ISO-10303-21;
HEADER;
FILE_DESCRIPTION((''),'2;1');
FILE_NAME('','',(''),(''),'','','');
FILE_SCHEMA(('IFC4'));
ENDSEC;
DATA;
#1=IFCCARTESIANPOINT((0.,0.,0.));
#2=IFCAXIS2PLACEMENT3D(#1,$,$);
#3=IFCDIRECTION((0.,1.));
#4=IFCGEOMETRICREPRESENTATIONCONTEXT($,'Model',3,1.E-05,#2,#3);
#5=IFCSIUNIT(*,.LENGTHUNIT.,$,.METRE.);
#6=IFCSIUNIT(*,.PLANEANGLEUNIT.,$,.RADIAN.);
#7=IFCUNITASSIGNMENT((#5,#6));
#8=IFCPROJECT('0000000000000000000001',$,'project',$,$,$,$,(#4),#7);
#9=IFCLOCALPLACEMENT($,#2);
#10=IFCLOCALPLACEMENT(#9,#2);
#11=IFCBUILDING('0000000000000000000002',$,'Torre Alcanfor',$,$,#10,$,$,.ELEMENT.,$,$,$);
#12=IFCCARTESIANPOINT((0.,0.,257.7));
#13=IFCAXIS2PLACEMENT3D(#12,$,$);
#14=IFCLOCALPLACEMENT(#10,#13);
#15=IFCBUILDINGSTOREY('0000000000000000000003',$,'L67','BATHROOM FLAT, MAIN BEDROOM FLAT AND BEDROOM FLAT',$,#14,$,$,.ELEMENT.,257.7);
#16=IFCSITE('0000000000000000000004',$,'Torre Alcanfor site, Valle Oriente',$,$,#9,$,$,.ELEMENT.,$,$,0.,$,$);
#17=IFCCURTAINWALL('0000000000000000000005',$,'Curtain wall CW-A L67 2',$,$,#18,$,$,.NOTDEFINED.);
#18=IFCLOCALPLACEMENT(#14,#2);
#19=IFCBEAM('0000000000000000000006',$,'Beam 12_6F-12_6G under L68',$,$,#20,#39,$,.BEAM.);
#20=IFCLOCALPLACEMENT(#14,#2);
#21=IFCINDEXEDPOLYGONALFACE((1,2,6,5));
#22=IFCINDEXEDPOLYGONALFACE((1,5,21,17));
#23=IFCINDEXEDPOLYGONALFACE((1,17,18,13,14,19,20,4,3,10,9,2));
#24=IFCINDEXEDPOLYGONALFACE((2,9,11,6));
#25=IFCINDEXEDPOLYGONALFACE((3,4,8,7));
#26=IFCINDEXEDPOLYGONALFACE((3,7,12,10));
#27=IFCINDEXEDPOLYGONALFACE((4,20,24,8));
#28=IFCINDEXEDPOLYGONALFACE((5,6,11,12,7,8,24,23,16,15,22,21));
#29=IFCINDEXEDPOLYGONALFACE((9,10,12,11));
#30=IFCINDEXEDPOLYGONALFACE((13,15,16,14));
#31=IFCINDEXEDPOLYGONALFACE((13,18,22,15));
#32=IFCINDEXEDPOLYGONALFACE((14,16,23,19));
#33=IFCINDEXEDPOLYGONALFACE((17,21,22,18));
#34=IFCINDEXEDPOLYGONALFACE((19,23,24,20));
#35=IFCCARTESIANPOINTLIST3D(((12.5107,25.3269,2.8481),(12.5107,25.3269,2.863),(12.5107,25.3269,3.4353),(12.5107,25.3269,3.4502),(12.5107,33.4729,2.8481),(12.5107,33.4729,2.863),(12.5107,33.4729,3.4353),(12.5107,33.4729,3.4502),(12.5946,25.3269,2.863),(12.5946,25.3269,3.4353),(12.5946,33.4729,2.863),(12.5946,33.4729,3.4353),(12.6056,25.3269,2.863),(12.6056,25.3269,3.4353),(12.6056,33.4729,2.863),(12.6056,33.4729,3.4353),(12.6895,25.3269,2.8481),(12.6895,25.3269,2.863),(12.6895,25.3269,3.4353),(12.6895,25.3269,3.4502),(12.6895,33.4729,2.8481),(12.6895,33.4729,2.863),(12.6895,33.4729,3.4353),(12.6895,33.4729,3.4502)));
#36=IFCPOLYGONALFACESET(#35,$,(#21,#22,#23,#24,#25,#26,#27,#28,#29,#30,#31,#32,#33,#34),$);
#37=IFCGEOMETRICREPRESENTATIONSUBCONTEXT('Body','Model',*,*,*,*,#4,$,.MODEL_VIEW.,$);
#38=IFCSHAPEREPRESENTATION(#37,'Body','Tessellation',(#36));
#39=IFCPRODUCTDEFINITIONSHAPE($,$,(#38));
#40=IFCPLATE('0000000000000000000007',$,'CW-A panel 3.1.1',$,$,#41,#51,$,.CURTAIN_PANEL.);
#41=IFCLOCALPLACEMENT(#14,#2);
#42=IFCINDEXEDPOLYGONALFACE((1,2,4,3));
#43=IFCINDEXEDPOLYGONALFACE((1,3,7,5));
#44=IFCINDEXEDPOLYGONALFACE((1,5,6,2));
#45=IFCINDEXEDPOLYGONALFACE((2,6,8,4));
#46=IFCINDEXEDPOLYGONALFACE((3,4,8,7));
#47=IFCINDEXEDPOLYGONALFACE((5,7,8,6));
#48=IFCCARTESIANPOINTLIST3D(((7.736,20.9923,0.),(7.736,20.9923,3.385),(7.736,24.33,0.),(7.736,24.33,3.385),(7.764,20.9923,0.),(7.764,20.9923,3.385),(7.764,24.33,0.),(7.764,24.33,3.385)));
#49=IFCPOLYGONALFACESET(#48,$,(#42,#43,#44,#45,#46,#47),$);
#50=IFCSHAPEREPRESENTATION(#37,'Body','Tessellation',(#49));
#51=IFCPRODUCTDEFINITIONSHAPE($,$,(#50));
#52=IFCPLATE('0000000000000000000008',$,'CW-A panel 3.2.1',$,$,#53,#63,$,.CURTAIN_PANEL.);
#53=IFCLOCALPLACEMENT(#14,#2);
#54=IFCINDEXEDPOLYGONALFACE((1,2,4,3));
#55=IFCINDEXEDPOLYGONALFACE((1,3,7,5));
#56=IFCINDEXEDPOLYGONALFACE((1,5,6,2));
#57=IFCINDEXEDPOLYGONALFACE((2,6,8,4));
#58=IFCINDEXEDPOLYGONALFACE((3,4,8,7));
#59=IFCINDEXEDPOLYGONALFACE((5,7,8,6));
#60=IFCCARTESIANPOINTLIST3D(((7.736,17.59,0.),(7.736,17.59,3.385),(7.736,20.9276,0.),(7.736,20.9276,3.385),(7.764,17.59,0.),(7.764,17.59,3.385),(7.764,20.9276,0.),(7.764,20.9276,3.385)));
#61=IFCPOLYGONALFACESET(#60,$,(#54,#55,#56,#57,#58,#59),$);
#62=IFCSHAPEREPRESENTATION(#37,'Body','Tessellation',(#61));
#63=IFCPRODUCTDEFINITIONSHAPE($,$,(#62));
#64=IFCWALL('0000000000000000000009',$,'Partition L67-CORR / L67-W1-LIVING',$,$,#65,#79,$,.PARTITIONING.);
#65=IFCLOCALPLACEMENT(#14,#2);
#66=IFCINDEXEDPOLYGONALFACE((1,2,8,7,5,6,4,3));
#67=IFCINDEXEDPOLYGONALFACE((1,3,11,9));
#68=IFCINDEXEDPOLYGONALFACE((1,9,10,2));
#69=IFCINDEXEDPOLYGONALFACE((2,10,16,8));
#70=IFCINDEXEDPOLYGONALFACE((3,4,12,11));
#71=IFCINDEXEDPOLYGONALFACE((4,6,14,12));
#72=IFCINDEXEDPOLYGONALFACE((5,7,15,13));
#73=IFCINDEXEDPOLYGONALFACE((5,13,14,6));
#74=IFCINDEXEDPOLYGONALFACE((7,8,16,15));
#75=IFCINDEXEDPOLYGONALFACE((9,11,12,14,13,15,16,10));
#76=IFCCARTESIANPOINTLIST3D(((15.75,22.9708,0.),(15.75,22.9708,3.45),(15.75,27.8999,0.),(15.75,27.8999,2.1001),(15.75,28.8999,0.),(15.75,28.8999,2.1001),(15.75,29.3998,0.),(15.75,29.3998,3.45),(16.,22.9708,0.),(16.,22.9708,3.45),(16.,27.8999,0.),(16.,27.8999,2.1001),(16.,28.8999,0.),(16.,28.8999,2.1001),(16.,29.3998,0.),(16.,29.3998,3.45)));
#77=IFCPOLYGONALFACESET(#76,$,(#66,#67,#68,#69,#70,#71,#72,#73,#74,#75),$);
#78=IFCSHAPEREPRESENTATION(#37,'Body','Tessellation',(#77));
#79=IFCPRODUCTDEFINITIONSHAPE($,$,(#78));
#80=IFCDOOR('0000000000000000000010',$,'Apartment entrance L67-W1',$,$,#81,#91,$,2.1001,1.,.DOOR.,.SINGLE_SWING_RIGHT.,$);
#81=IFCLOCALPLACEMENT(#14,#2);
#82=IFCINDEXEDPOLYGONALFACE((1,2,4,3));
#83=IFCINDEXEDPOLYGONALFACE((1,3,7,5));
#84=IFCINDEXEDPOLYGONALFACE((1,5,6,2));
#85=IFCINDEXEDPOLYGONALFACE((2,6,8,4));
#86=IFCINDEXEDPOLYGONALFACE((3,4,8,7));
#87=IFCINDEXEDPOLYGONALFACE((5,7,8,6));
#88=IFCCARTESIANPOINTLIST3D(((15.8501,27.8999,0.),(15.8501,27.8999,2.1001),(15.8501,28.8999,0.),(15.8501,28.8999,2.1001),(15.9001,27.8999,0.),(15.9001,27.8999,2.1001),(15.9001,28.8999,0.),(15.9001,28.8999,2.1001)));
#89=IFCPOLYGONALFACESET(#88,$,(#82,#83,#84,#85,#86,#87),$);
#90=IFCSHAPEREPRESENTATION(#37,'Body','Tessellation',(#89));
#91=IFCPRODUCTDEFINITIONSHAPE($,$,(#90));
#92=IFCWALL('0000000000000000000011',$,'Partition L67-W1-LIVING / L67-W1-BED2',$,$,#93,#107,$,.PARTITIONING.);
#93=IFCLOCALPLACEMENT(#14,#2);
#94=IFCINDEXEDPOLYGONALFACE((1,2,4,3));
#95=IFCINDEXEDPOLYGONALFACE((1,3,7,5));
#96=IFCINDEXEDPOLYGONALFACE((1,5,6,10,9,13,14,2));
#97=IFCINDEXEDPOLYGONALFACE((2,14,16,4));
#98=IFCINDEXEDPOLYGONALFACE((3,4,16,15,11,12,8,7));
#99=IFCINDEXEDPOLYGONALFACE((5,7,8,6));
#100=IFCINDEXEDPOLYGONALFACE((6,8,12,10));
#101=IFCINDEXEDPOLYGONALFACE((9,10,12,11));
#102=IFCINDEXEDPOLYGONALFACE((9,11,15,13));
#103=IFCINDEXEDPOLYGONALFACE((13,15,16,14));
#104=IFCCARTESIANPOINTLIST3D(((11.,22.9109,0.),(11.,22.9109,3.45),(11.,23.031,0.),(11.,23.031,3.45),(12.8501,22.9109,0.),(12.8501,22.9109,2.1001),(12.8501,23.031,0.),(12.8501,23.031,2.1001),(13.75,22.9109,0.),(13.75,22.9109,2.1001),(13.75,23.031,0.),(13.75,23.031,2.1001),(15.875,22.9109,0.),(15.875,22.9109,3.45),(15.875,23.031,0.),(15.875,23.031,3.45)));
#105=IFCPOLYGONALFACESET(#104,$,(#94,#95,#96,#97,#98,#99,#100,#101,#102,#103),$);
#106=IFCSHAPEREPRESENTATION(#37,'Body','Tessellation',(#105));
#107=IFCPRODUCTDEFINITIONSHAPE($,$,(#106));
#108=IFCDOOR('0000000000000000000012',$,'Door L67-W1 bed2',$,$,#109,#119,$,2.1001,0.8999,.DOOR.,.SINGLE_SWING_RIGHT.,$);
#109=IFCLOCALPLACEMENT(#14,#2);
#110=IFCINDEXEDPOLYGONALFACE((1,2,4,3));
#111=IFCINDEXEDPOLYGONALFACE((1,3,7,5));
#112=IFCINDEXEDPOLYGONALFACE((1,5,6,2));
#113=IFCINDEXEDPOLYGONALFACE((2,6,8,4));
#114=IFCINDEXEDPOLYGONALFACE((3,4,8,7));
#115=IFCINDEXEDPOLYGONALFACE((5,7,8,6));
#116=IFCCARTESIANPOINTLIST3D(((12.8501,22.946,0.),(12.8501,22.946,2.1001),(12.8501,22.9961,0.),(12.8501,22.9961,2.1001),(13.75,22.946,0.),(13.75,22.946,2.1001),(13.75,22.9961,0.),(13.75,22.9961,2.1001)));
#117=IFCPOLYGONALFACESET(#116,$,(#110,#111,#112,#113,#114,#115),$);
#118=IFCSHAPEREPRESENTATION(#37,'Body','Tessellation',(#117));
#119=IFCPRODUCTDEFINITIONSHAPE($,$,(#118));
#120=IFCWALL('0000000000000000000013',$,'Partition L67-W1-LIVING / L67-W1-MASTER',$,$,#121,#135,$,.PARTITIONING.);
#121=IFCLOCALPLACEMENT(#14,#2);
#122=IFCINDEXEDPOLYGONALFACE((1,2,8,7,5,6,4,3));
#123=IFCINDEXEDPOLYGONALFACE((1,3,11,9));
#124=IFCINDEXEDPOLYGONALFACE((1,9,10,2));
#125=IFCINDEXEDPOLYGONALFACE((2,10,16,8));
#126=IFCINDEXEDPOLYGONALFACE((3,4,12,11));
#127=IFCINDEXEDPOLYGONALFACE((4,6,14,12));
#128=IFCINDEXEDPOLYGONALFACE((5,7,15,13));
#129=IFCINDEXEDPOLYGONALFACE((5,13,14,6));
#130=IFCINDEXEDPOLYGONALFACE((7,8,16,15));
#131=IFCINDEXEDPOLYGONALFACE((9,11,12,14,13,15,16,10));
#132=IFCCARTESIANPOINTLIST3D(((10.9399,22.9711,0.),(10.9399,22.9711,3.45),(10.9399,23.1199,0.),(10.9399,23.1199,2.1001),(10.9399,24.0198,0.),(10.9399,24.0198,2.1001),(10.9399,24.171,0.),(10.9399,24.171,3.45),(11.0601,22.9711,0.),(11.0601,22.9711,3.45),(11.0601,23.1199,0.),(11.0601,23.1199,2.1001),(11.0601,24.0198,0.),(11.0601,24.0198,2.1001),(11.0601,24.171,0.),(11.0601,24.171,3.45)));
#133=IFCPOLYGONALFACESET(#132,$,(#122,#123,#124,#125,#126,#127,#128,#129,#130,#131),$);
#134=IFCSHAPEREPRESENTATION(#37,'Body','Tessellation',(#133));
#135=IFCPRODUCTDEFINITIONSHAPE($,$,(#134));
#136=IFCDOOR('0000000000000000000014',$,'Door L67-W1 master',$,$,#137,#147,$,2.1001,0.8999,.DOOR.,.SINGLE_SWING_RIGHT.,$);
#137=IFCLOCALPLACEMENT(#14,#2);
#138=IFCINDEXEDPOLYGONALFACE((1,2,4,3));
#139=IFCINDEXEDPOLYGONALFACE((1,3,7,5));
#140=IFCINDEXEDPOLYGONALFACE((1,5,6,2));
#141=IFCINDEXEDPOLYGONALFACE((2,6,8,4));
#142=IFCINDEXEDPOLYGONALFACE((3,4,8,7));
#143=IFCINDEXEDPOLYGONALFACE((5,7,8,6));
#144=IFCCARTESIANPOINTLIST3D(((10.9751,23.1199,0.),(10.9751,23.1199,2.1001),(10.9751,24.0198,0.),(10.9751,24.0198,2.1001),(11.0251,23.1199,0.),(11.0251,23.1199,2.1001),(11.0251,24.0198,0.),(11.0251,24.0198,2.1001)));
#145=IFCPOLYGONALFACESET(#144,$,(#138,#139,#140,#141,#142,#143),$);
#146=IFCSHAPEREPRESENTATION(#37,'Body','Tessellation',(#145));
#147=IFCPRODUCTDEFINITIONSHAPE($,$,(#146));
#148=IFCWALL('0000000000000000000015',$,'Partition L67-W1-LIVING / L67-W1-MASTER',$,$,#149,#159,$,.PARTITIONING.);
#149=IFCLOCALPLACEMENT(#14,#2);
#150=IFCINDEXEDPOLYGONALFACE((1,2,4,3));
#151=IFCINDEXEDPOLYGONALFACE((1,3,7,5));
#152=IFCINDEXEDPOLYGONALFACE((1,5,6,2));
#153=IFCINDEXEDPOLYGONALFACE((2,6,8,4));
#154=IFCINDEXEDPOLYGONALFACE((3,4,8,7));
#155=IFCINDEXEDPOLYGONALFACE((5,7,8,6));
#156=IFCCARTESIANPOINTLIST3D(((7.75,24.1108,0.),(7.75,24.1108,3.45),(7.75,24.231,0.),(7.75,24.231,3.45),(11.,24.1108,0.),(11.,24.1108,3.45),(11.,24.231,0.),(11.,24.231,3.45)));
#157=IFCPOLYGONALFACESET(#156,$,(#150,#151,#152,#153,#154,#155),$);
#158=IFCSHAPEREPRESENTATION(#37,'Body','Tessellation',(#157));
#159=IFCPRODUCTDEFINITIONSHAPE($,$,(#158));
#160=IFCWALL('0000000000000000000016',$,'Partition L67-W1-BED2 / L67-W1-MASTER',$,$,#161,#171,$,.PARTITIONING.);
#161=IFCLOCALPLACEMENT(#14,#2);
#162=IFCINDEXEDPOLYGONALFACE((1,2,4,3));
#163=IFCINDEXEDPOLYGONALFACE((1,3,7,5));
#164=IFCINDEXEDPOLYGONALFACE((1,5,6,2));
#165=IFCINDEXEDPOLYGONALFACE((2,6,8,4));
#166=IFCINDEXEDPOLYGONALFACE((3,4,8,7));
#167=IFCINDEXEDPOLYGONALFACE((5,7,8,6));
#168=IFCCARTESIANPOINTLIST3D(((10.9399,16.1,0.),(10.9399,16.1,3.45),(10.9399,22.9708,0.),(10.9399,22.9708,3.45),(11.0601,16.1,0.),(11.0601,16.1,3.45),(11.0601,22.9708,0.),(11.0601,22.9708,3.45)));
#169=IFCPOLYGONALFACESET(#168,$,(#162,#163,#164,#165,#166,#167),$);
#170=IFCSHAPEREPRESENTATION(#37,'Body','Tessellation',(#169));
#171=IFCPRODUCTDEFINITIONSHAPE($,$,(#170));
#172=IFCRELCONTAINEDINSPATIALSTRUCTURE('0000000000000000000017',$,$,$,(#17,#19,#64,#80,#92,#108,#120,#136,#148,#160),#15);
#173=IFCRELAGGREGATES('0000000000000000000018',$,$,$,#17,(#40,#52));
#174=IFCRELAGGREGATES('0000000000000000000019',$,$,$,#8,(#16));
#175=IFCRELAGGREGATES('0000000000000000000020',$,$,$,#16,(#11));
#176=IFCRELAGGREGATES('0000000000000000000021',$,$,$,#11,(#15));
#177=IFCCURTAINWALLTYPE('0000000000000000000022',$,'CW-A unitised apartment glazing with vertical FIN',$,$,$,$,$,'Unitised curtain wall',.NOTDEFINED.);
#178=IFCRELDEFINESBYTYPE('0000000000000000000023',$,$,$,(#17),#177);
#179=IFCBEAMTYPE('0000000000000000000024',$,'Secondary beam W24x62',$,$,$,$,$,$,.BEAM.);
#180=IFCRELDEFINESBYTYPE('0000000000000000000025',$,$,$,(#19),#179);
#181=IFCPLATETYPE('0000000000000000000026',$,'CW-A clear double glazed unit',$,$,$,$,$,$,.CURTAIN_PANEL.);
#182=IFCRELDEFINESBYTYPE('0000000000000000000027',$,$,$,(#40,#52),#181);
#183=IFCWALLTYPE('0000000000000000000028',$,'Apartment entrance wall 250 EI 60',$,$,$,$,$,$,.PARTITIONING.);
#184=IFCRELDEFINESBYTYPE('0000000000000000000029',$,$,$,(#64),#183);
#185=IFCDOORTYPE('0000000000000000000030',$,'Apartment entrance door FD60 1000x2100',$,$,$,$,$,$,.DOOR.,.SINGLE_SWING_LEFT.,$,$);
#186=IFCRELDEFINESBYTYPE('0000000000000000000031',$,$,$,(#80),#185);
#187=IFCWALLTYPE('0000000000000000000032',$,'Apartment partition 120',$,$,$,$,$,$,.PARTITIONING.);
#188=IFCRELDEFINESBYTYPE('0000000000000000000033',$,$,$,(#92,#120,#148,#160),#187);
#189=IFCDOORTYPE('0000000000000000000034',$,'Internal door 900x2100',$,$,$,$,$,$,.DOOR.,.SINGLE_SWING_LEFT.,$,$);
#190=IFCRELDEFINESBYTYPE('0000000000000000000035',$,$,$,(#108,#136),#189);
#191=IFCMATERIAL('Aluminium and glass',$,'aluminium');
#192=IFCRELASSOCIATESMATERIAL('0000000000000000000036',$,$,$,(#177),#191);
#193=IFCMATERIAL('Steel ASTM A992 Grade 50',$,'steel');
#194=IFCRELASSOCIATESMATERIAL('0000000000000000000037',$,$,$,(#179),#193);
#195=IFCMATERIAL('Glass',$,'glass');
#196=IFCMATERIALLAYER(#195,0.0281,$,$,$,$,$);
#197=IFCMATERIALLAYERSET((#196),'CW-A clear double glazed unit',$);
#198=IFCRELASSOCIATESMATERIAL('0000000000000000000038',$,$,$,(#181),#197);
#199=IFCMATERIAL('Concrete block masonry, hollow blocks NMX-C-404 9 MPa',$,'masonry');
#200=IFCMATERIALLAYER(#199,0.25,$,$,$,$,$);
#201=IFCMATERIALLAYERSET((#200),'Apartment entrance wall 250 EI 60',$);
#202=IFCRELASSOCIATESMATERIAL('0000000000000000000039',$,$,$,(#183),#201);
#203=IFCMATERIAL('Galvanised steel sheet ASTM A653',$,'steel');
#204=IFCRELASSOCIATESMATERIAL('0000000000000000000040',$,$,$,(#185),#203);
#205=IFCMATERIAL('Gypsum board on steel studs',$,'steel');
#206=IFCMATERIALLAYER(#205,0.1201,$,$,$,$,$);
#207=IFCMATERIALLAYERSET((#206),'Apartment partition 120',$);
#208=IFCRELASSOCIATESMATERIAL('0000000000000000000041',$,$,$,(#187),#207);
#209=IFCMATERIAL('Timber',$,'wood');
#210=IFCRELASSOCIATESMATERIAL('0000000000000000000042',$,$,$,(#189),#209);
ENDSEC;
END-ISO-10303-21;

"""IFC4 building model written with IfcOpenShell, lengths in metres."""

from ifc_helpers import new_model, si_unit, direction, frame, frame_2d, origin, origin_2d, place, context, subcontext, project, spatial, rectangle, i_section, extrude, material, layer, layer_set, material_profile, profile_set, type_object, element, fill, aggregate, save


model = new_model("IFC4")

# Units and contexts
model_context = context("Model", 3, precision=1e-05, world=origin(), true_north=direction((0.0, 1.0)))
body_context = subcontext(model_context, "Body", "Model", "MODEL_VIEW")
ifc_project = project(units=[si_unit("LENGTHUNIT", "METRE"), si_unit("PLANEANGLEUNIT", "RADIAN")], contexts=[model_context])

# Site, building, storey
site_placement = place(None, origin())
site = spatial("IfcSite", under=ifc_project, at=site_placement, Name="Torre Alcanfor site, Valle Oriente", CompositionType="ELEMENT", RefElevation=0.0)
building_placement = place(site_placement, origin())
building = spatial("IfcBuilding", under=site, at=building_placement, Name="Torre Alcanfor", CompositionType="ELEMENT")
storey_placement = place(building_placement, frame((0.0, 0.0, 257.7)))
storey = spatial("IfcBuildingStorey", under=building, at=storey_placement, Name="L67", Description="BATHROOM FLAT, MAIN BEDROOM FLAT AND BEDROOM FLAT", CompositionType="ELEMENT", Elevation=257.7)

# Curtain wall
ifc_material_1 = material(Name="Aluminium and glass", Category="aluminium")
curtain_wall_type = type_object("IfcCurtainWallType", Name="CW-A unitised apartment glazing with vertical FIN", ElementType="Unitised curtain wall", PredefinedType="NOTDEFINED", material=ifc_material_1)
curtain_wall_placement = place(storey_placement, origin())
curtain_wall = element("IfcCurtainWall", 1, at=curtain_wall_placement, inside=storey, type_object=curtain_wall_type, Name="Curtain wall CW-A L67 2", PredefinedType="NOTDEFINED")

# Beam
ifc_material_2 = material(Name="Steel ASTM A992 Grade 50", Category="steel")
ifc_material_profile_1 = material_profile(ifc_material_2, i_section(OverallWidth=0.1787, OverallDepth=0.6021, WebThickness=0.011, FlangeThickness=0.0149, at=origin_2d()), Name="W24x62")
ifc_profile_set_1 = profile_set([ifc_material_profile_1], Name="Steel ASTM A992 Grade 50")
beam_type_1 = type_object("IfcBeamType", Name="Secondary beam W24x62", PredefinedType="BEAM", material=ifc_profile_set_1)
beam_1_placement = place(storey_placement, frame((12.6001, 25.3269, 3.1492), z_axis=(0.0, 1.0, 0.0), x_axis=(-1.0, 0.0, 0.0)))
element("IfcBeam", 2, at=beam_1_placement, inside=storey, type_object=beam_type_1, Name="Beam 12_6F-12_6G under L68", PredefinedType="BEAM", context=body_context, shape_type="SweptSolid", body=[
    extrude(i_section(OverallWidth=0.1787, OverallDepth=0.6021, WebThickness=0.011, FlangeThickness=0.0149, at=origin_2d()), origin(), (0.0, 0.0, 1.0), 8.146),
])

# Plates
ifc_material_3 = material(Name="Glass", Category="glass")
ifc_layer_1 = layer(ifc_material_3, 0.0281)
ifc_layer_set_1 = layer_set([ifc_layer_1], Name="CW-A clear double glazed unit")
plate_type = type_object("IfcPlateType", Name="CW-A clear double glazed unit", PredefinedType="CURTAIN_PANEL", material=ifc_layer_set_1)
plate_1_placement = place(storey_placement, frame((7.75, 22.6611, 0.0), z_axis=(0.0, 0.0, 1.0), x_axis=(0.0, -1.0, 0.0)))
plate_1 = element("IfcPlate", 3, at=plate_1_placement, type_object=plate_type, Name="CW-A panel 3.1.1", PredefinedType="CURTAIN_PANEL", context=body_context, shape_type="SweptSolid", body=[
    extrude(rectangle(XDim=3.3376, YDim=0.0281, at=origin_2d()), origin(), (0.0, 0.0, 1.0), 3.385),
])
plate_2_placement = place(storey_placement, frame((7.75, 19.2588, 0.0), z_axis=(0.0, 0.0, 1.0), x_axis=(0.0, -1.0, 0.0)))
plate_2 = element("IfcPlate", 4, at=plate_2_placement, type_object=plate_type, Name="CW-A panel 3.2.1", PredefinedType="CURTAIN_PANEL", context=body_context, shape_type="SweptSolid", body=[
    extrude(rectangle(XDim=3.3376, YDim=0.0281, at=origin_2d()), origin(), (0.0, 0.0, 1.0), 3.385),
])
aggregate(curtain_wall, [plate_1, plate_2])

# Walls, openings, doors
ifc_material_4 = material(Name="Concrete block masonry, hollow blocks NMX-C-404 9 MPa", Category="masonry")
ifc_layer_2 = layer(ifc_material_4, 0.25)
ifc_layer_set_2 = layer_set([ifc_layer_2], Name="Apartment entrance wall 250 EI 60")
wall_type_1 = type_object("IfcWallType", Name="Apartment entrance wall 250 EI 60", PredefinedType="PARTITIONING", material=ifc_layer_set_2)
wall_1_placement = place(storey_placement, frame((15.875, 22.9709, 0.0), z_axis=(0.0, 0.0, 1.0), x_axis=(0.0, 1.0, 0.0)))
wall_1 = element("IfcWall", 5, at=wall_1_placement, inside=storey, type_object=wall_type_1, Name="Partition L67-CORR / L67-W1-LIVING", PredefinedType="PARTITIONING", context=body_context, shape_type="SweptSolid", body=[
    extrude(rectangle(XDim=6.429, YDim=0.25, at=frame_2d((3.2144, 0.0))), origin(), (0.0, 0.0, 1.0), 3.45),
])
opening_1_placement = place(wall_1_placement, frame((4.929, 0.0, 0.0)))
opening_1 = element("IfcOpeningElement", 6, at=opening_1_placement, cuts=wall_1, PredefinedType="OPENING", context=body_context, shape_type="SweptSolid", body=[
    extrude(rectangle(XDim=1.0, YDim=2.1001, at=frame_2d((0.5, 1.05))), frame((0.0, 0.135, 0.0), z_axis=(0.0, -1.0, 0.0), x_axis=(1.0, 0.0, 0.0)), (0.0, 0.0, 1.0), 0.27),
])
ifc_material_5 = material(Name="Galvanised steel sheet ASTM A653", Category="steel")
door_type_1 = type_object("IfcDoorType", Name="Apartment entrance door FD60 1000x2100", OperationType="SINGLE_SWING_LEFT", PredefinedType="DOOR", material=ifc_material_5)
door_1_placement = place(opening_1_placement, origin())
door_1 = element("IfcDoor", 7, at=door_1_placement, inside=storey, type_object=door_type_1, Name="Apartment entrance L67-W1", OperationType="SINGLE_SWING_RIGHT", OverallHeight=2.1001, OverallWidth=1.0, PredefinedType="DOOR", context=body_context, shape_type="SweptSolid", body=[
    extrude(rectangle(XDim=1.0, YDim=2.1001, at=frame_2d((0.5, 1.05))), frame((0.0, 0.0249, 0.0), z_axis=(0.0, -1.0, 0.0), x_axis=(1.0, 0.0, 0.0)), (0.0, 0.0, 1.0), 0.05),
])
fill(opening_1, door_1)
ifc_material_6 = material(Name="Gypsum board on steel studs", Category="steel")
ifc_layer_3 = layer(ifc_material_6, 0.1201)
ifc_layer_set_3 = layer_set([ifc_layer_3], Name="Apartment partition 120")
wall_type_2 = type_object("IfcWallType", Name="Apartment partition 120", PredefinedType="PARTITIONING", material=ifc_layer_set_3)
wall_2_placement = place(storey_placement, frame((15.875, 22.9709, 0.0), z_axis=(0.0, 0.0, 1.0), x_axis=(-1.0, 0.0, 0.0)))
wall_2 = element("IfcWall", 8, at=wall_2_placement, inside=storey, type_object=wall_type_2, Name="Partition L67-W1-LIVING / L67-W1-BED2", PredefinedType="PARTITIONING", context=body_context, shape_type="SweptSolid", body=[
    extrude(rectangle(XDim=4.875, YDim=0.1201, at=frame_2d((2.4375, 0.0))), origin(), (0.0, 0.0, 1.0), 3.45),
])
opening_2_placement = place(wall_2_placement, frame((2.125, 0.0, 0.0)))
opening_2 = element("IfcOpeningElement", 9, at=opening_2_placement, cuts=wall_2, PredefinedType="OPENING", context=body_context, shape_type="SweptSolid", body=[
    extrude(rectangle(XDim=0.8999, YDim=2.1001, at=frame_2d((0.45, 1.05))), frame((0.0, 0.0701, 0.0), z_axis=(0.0, -1.0, 0.0), x_axis=(1.0, 0.0, 0.0)), (0.0, 0.0, 1.0), 0.1401),
])
ifc_material_7 = material(Name="Timber", Category="wood")
door_type_2 = type_object("IfcDoorType", Name="Internal door 900x2100", OperationType="SINGLE_SWING_LEFT", PredefinedType="DOOR", material=ifc_material_7)
door_2_placement = place(opening_2_placement, origin())
door_2 = element("IfcDoor", 10, at=door_2_placement, inside=storey, type_object=door_type_2, Name="Door L67-W1 bed2", OperationType="SINGLE_SWING_RIGHT", OverallHeight=2.1001, OverallWidth=0.8999, PredefinedType="DOOR", context=body_context, shape_type="SweptSolid", body=[
    extrude(rectangle(XDim=0.8999, YDim=2.1001, at=frame_2d((0.45, 1.05))), frame((0.0, 0.0249, 0.0), z_axis=(0.0, -1.0, 0.0), x_axis=(1.0, 0.0, 0.0)), (0.0, 0.0, 1.0), 0.05),
])
fill(opening_2, door_2)
wall_3_placement = place(storey_placement, frame((11.0, 22.9709, 0.0), z_axis=(0.0, 0.0, 1.0), x_axis=(0.0, 1.0, 0.0)))
wall_3 = element("IfcWall", 11, at=wall_3_placement, inside=storey, type_object=wall_type_2, Name="Partition L67-W1-LIVING / L67-W1-MASTER", PredefinedType="PARTITIONING", context=body_context, shape_type="SweptSolid", body=[
    extrude(rectangle(XDim=1.2, YDim=0.1201, at=frame_2d((0.6001, 0.0))), origin(), (0.0, 0.0, 1.0), 3.45),
])
opening_3_placement = place(wall_3_placement, frame((0.1489, 0.0, 0.0)))
opening_3 = element("IfcOpeningElement", 12, at=opening_3_placement, cuts=wall_3, PredefinedType="OPENING", context=body_context, shape_type="SweptSolid", body=[
    extrude(rectangle(XDim=0.8999, YDim=2.1001, at=frame_2d((0.45, 1.05))), frame((0.0, 0.0701, 0.0), z_axis=(0.0, -1.0, 0.0), x_axis=(1.0, 0.0, 0.0)), (0.0, 0.0, 1.0), 0.1401),
])
door_3_placement = place(opening_3_placement, origin())
door_3 = element("IfcDoor", 13, at=door_3_placement, inside=storey, type_object=door_type_2, Name="Door L67-W1 master", OperationType="SINGLE_SWING_RIGHT", OverallHeight=2.1001, OverallWidth=0.8999, PredefinedType="DOOR", context=body_context, shape_type="SweptSolid", body=[
    extrude(rectangle(XDim=0.8999, YDim=2.1001, at=frame_2d((0.45, 1.05))), frame((0.0, 0.0249, 0.0), z_axis=(0.0, -1.0, 0.0), x_axis=(1.0, 0.0, 0.0)), (0.0, 0.0, 1.0), 0.05),
])
fill(opening_3, door_3)

# Walls
wall_4_placement = place(storey_placement, frame((11.0, 24.1709, 0.0), z_axis=(0.0, 0.0, 1.0), x_axis=(-1.0, 0.0, 0.0)))
element("IfcWall", 14, at=wall_4_placement, inside=storey, type_object=wall_type_2, Name="Partition L67-W1-LIVING / L67-W1-MASTER", PredefinedType="PARTITIONING", context=body_context, shape_type="SweptSolid", body=[
    extrude(rectangle(XDim=3.25, YDim=0.1201, at=frame_2d((1.625, 0.0))), origin(), (0.0, 0.0, 1.0), 3.45),
])
wall_5_placement = place(storey_placement, frame((11.0, 22.9709, 0.0), z_axis=(0.0, 0.0, 1.0), x_axis=(0.0, -1.0, 0.0)))
element("IfcWall", 15, at=wall_5_placement, inside=storey, type_object=wall_type_2, Name="Partition L67-W1-BED2 / L67-W1-MASTER", PredefinedType="PARTITIONING", context=body_context, shape_type="SweptSolid", body=[
    extrude(rectangle(XDim=6.8708, YDim=0.1201, at=frame_2d((3.4355, 0.0))), origin(), (0.0, 0.0, 1.0), 3.45),
])

save(model, "model.ifc")
